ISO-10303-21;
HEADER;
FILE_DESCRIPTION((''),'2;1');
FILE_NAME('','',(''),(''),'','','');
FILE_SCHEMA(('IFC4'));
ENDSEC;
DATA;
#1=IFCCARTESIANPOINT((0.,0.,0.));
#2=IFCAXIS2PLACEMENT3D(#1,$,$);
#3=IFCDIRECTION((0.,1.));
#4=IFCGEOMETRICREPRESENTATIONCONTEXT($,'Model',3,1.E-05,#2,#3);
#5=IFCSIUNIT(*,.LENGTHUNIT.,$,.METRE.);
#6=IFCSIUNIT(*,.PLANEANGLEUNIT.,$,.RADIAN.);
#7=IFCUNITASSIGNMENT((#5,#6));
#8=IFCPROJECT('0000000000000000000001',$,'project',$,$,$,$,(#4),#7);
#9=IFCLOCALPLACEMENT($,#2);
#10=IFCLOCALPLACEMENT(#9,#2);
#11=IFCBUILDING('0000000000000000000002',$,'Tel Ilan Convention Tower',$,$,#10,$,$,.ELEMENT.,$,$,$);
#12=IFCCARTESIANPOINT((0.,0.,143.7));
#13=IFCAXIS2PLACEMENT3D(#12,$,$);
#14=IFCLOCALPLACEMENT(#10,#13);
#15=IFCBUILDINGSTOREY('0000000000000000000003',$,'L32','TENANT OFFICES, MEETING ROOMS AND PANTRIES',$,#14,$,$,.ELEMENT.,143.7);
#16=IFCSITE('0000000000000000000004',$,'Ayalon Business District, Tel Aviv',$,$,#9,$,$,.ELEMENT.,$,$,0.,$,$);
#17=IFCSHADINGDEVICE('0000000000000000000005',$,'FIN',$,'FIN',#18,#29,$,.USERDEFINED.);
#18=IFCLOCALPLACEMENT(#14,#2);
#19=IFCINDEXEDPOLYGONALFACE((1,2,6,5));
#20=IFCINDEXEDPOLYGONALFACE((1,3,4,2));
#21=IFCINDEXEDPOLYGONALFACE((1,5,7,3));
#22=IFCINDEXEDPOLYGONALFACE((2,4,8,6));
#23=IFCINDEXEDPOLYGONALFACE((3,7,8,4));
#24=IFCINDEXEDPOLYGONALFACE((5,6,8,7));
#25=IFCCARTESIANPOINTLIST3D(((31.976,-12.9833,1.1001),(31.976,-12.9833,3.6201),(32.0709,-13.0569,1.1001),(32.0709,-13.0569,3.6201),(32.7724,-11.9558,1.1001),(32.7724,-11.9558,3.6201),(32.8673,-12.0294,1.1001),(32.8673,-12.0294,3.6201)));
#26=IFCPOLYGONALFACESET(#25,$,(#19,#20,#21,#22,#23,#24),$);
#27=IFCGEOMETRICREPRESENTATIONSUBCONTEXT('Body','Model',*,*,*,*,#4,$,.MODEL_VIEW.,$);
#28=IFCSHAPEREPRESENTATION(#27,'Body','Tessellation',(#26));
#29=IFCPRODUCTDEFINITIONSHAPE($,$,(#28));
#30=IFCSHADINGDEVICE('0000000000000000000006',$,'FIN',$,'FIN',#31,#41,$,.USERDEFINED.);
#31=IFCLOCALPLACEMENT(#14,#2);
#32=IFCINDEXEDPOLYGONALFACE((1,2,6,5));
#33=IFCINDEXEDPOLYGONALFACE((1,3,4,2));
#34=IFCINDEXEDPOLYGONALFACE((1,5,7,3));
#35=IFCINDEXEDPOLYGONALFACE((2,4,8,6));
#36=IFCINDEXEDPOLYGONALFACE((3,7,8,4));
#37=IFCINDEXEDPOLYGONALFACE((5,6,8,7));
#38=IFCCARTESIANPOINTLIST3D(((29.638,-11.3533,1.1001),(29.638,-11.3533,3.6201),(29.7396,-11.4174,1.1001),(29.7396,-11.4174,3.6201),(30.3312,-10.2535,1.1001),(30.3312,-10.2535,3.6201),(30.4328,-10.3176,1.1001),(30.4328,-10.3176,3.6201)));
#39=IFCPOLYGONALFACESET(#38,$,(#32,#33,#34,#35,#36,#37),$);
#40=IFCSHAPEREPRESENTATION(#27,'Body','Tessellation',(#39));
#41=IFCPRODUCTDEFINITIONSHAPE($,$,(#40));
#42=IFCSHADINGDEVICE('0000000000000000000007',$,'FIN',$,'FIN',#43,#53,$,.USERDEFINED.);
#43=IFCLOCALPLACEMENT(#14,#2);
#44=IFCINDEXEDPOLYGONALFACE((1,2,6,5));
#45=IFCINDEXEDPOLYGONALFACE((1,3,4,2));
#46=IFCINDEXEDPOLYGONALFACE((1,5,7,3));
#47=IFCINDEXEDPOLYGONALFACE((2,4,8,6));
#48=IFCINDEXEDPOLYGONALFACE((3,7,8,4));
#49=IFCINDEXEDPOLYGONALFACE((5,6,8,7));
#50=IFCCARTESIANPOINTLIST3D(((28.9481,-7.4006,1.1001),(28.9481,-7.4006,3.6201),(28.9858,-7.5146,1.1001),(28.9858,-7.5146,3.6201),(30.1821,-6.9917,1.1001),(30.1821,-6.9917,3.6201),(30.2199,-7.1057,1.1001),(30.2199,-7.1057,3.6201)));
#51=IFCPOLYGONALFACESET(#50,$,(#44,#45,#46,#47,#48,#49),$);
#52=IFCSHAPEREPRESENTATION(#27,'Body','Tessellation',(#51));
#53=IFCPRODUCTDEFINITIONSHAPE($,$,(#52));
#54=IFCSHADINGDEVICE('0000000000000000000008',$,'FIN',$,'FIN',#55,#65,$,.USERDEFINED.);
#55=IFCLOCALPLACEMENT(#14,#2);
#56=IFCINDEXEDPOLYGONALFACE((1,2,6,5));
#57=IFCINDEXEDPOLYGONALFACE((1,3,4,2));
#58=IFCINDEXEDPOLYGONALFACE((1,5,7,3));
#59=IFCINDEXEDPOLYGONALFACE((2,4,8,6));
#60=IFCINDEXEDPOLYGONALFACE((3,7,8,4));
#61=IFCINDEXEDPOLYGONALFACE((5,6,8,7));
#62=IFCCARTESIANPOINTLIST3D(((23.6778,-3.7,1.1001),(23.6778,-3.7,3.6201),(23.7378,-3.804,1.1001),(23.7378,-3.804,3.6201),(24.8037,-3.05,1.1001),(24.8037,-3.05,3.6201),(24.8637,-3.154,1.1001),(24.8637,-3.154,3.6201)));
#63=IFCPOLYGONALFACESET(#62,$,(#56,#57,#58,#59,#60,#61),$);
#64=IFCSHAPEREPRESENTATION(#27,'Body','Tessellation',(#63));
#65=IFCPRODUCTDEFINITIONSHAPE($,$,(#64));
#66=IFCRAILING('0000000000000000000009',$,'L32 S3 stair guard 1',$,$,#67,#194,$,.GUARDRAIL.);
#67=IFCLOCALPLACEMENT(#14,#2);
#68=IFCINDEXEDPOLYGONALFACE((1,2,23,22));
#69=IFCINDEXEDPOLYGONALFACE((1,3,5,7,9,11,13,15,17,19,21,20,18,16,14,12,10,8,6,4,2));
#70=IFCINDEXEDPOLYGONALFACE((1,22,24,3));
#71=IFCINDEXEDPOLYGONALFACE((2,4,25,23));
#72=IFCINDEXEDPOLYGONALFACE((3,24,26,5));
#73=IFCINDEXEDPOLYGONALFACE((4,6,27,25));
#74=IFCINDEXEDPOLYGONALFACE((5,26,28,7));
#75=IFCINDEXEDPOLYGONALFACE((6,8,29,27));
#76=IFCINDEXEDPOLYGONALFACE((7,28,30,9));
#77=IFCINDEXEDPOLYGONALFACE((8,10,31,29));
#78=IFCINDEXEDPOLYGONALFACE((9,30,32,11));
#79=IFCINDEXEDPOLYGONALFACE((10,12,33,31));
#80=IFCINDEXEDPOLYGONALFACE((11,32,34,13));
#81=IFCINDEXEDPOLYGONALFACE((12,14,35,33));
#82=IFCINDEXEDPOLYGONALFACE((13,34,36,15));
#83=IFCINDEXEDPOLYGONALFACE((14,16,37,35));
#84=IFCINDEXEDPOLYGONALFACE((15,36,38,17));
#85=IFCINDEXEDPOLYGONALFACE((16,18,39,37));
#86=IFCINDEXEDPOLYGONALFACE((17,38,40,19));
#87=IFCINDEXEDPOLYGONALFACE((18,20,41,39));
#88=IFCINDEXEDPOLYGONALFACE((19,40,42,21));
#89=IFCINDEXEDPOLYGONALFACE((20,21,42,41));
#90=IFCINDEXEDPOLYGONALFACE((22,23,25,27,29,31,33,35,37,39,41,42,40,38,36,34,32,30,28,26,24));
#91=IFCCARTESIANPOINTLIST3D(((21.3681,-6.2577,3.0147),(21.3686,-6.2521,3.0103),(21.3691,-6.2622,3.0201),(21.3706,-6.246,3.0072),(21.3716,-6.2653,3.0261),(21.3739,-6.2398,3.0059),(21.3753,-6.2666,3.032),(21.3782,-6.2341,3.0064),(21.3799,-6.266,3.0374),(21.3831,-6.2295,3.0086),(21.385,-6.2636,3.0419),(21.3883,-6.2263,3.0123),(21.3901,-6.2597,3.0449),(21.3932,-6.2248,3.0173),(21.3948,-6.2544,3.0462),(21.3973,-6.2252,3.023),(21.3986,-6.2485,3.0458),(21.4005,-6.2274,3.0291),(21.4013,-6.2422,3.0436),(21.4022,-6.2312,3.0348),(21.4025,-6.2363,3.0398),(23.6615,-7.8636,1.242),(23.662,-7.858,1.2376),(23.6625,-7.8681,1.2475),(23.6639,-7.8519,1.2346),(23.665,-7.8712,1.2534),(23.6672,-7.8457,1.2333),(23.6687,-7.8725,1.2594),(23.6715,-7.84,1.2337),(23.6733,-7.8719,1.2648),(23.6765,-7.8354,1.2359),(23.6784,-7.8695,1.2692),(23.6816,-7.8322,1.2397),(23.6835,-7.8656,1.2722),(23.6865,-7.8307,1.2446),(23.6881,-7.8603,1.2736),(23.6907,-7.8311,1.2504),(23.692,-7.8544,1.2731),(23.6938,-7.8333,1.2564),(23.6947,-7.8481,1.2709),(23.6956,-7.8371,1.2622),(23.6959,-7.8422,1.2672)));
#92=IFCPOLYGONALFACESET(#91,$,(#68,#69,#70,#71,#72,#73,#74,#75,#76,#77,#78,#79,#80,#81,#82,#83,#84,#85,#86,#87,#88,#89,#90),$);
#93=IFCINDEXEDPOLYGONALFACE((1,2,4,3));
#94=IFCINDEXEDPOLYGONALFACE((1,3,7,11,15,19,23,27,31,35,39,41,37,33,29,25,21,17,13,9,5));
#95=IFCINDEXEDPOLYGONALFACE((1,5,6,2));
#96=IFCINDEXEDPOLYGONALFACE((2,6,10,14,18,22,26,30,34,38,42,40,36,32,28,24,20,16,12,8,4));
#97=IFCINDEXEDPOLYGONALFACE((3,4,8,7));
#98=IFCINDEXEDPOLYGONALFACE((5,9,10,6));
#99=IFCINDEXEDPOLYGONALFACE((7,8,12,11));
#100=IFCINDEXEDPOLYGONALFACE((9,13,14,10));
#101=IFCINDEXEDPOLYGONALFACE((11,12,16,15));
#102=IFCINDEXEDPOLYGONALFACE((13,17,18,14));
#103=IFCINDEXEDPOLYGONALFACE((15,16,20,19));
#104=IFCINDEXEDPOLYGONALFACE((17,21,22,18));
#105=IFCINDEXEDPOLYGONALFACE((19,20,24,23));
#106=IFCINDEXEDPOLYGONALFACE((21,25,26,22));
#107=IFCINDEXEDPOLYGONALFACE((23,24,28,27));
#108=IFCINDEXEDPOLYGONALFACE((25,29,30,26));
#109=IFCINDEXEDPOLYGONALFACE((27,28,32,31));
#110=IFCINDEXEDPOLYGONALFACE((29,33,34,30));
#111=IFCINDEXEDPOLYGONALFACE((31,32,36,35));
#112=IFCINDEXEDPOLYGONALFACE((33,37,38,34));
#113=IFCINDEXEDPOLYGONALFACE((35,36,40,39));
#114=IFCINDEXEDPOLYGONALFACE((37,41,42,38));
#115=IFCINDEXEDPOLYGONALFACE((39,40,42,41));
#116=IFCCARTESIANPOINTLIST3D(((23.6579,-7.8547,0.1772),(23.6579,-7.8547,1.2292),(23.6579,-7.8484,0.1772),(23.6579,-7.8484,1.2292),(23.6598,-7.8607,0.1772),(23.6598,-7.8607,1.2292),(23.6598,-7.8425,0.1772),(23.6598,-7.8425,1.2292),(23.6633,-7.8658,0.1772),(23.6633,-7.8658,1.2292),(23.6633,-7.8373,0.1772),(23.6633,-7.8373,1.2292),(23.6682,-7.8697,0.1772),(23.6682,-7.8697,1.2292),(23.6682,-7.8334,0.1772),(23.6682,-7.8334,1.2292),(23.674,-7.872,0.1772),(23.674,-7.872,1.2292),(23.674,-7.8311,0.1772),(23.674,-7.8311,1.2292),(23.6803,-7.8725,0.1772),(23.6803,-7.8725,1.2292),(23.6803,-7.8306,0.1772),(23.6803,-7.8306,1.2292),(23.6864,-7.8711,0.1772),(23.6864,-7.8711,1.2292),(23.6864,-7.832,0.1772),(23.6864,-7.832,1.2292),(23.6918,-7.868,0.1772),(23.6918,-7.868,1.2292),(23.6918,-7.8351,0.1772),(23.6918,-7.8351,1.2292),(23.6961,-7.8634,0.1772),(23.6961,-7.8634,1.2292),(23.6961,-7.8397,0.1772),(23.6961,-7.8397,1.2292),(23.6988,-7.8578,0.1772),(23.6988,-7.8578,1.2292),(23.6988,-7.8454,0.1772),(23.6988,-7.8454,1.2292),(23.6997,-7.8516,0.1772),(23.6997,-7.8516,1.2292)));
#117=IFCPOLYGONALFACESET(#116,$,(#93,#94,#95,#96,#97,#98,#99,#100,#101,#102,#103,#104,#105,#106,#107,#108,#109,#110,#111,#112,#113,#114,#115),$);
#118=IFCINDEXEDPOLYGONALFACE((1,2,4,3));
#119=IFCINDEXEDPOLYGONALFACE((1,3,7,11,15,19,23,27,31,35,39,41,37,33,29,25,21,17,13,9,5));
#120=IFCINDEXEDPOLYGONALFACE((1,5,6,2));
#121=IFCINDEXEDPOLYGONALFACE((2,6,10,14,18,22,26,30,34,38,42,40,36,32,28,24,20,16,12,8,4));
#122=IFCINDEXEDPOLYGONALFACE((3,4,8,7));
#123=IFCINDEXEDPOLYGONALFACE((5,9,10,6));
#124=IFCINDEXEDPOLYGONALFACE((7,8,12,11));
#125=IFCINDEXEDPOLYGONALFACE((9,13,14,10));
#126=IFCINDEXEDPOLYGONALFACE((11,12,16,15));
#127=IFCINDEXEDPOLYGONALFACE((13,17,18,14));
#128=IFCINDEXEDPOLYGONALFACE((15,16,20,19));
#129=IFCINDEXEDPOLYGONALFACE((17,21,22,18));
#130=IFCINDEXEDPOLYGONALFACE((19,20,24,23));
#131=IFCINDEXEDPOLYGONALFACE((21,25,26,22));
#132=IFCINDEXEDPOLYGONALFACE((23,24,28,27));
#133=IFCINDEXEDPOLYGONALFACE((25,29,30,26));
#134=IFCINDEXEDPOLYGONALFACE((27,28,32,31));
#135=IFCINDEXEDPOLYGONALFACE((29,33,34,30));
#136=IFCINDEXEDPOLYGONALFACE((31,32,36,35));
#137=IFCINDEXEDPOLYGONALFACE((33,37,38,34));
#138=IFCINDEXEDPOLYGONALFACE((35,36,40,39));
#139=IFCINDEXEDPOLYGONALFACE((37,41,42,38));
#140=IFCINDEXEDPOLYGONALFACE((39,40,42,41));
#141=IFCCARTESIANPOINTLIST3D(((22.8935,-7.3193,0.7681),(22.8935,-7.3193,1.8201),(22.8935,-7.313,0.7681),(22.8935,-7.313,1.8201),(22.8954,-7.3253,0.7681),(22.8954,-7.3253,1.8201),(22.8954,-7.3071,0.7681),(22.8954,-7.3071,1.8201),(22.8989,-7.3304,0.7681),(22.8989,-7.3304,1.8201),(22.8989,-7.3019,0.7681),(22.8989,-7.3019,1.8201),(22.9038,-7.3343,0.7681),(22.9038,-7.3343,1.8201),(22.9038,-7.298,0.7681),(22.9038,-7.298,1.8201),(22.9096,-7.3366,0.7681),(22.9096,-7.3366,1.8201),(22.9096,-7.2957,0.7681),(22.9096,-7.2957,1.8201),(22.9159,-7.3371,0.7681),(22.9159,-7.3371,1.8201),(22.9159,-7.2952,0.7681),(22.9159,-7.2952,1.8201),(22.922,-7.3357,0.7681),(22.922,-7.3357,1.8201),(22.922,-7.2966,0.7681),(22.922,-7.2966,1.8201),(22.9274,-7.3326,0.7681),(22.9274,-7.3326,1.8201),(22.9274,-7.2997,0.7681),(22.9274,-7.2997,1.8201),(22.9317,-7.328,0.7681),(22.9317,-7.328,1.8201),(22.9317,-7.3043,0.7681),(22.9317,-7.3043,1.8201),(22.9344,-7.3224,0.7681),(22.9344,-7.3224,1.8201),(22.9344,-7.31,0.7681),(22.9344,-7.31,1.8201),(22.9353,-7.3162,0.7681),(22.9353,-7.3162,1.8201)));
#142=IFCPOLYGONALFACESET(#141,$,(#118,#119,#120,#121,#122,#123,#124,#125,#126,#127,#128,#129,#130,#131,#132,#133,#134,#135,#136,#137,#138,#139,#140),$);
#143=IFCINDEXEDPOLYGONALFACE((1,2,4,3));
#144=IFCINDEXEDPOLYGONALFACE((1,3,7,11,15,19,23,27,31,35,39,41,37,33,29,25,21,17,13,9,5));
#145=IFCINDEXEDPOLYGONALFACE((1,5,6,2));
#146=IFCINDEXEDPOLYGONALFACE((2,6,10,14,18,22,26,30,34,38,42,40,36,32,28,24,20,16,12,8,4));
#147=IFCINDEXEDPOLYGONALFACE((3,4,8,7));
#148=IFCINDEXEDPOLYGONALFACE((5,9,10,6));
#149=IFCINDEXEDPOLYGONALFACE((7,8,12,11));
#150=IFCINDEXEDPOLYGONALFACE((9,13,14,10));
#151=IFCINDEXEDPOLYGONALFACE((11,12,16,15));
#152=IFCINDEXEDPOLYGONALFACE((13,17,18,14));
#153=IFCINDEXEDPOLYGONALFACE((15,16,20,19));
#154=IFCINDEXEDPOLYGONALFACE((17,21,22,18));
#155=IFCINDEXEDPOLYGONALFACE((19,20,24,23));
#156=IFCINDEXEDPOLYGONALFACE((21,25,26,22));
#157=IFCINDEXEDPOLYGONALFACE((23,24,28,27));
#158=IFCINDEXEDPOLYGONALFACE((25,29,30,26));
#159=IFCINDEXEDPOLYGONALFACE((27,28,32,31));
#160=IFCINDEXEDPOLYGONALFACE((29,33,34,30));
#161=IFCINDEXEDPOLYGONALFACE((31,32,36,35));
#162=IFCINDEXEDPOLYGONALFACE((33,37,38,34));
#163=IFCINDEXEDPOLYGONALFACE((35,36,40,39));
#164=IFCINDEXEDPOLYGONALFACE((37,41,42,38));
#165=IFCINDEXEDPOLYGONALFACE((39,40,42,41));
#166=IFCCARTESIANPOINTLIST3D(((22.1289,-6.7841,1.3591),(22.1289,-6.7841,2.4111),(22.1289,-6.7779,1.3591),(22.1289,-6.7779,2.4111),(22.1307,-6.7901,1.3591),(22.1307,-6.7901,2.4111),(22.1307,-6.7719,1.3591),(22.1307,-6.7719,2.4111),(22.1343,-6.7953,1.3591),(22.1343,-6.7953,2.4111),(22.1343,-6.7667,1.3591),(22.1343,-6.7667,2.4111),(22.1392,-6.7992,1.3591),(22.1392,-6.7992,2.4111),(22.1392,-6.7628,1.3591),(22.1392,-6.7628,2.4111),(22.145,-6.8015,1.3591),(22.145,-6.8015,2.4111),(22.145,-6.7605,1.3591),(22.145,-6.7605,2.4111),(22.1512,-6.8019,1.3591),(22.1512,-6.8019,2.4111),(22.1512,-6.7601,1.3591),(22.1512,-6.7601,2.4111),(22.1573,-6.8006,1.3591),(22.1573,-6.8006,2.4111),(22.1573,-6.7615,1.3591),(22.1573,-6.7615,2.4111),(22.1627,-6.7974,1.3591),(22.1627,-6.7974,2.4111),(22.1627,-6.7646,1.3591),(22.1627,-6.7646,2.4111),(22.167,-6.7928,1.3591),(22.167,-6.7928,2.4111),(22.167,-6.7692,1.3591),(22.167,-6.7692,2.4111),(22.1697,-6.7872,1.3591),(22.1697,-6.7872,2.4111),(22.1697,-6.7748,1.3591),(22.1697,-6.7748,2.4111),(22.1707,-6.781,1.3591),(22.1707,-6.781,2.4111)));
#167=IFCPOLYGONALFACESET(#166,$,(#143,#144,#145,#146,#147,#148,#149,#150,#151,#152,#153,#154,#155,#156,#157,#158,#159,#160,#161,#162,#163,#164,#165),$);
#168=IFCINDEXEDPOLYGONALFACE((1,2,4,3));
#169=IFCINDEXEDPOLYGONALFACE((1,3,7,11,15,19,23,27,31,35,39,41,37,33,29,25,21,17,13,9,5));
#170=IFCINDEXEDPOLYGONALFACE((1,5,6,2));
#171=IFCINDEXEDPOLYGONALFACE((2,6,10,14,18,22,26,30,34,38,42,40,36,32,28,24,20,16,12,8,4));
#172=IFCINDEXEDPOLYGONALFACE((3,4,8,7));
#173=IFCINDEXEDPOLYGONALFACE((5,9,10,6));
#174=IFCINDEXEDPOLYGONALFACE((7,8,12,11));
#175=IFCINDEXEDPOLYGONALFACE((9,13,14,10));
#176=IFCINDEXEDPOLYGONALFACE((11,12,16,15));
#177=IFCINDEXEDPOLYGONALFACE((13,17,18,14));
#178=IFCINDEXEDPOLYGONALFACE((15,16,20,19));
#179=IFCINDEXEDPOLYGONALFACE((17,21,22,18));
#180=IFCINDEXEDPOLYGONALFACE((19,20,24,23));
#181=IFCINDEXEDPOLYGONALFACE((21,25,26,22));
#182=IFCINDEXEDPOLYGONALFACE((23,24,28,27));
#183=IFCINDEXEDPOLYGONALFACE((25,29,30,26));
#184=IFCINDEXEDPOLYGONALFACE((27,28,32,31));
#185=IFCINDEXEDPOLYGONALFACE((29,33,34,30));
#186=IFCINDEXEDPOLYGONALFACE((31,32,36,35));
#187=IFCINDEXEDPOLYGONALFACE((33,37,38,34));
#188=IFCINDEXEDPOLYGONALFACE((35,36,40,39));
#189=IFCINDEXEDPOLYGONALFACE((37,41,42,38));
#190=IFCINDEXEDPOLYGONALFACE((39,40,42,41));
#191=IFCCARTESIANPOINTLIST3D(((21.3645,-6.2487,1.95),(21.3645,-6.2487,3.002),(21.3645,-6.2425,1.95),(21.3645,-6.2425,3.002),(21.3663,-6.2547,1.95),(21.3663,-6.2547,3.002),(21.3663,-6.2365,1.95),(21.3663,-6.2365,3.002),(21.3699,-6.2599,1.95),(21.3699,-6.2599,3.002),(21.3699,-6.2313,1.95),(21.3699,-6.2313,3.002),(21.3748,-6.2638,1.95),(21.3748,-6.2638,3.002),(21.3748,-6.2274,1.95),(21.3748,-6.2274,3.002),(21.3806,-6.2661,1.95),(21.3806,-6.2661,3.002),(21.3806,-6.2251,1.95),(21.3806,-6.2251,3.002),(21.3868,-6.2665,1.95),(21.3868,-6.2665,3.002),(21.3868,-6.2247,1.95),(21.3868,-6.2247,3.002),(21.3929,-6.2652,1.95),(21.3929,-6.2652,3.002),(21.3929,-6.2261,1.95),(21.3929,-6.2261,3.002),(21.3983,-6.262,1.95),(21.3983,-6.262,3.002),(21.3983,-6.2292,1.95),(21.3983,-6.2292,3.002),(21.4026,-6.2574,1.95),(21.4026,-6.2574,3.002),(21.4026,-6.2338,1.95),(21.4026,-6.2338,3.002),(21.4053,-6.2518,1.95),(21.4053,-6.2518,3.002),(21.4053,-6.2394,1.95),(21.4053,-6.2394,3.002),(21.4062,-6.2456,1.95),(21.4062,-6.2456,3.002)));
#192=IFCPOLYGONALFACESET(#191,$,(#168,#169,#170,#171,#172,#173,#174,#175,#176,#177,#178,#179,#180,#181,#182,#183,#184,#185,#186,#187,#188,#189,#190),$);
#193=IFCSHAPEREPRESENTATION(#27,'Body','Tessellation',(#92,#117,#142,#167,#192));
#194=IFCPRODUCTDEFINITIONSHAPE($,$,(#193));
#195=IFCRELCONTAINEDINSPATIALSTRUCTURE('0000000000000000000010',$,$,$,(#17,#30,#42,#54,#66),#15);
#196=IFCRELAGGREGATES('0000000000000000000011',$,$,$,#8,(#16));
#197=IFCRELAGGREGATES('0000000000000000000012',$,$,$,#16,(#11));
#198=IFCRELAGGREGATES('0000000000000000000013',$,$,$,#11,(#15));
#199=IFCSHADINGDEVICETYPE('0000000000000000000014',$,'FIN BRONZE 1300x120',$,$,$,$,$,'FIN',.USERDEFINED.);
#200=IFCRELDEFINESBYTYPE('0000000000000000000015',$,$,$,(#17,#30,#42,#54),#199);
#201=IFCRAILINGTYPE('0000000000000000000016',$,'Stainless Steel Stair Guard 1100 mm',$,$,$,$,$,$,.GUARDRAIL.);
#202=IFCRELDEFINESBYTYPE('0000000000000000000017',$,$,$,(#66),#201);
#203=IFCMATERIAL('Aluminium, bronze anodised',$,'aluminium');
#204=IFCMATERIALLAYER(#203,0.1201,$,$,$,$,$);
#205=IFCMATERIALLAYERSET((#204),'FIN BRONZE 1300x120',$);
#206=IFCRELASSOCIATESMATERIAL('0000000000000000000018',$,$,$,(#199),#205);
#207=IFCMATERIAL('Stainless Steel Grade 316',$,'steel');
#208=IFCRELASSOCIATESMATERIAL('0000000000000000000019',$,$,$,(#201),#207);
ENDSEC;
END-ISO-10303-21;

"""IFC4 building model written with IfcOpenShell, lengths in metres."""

from ifc_helpers import new_model, si_unit, direction, frame, origin, origin_2d, place, context, subcontext, project, spatial, rectangle, circle, extrude, material, layer, layer_set, type_object, element, save


model = new_model("IFC4")

# Units and contexts
model_context = context("Model", 3, precision=1e-05, world=origin(), true_north=direction((0.0, 1.0)))
body_context = subcontext(model_context, "Body", "Model", "MODEL_VIEW")
ifc_project = project(units=[si_unit("LENGTHUNIT", "METRE"), si_unit("PLANEANGLEUNIT", "RADIAN")], contexts=[model_context])

# Site, building, storey
site_placement = place(None, origin())
site = spatial("IfcSite", under=ifc_project, at=site_placement, Name="Ayalon Business District, Tel Aviv", CompositionType="ELEMENT", RefElevation=0.0)
building_placement = place(site_placement, origin())
building = spatial("IfcBuilding", under=site, at=building_placement, Name="Tel Ilan Convention Tower", CompositionType="ELEMENT")
storey_placement = place(building_placement, frame((0.0, 0.0, 143.7)))
storey = spatial("IfcBuildingStorey", under=building, at=storey_placement, Name="L32", Description="TENANT OFFICES, MEETING ROOMS AND PANTRIES", CompositionType="ELEMENT", Elevation=143.7)

# Shading devices
ifc_material_1 = material(Name="Aluminium, bronze anodised", Category="aluminium")
ifc_layer_1 = layer(ifc_material_1, 0.1201)
ifc_layer_set_1 = layer_set([ifc_layer_1], Name="FIN BRONZE 1300x120")
shading_device_type = type_object("IfcShadingDeviceType", Name="FIN BRONZE 1300x120", ElementType="FIN", PredefinedType="USERDEFINED", material=ifc_layer_set_1)
for number, where, z_axis, x_axis, name in (
    (1, (32.4216, -12.5063, 1.1001), (0.0, 0.0, 1.0), (0.612601, 0.790393, 0.0), "FIN"),
    (2, (30.0354, -10.8354, 1.1001), (0.0, 0.0, 1.0), (0.533204, 0.845986, 0.0), "FIN"),
    (3, (29.584, -7.2532, 1.1001), (0.0, 0.0, 1.0), (0.949243, 0.314545, 0.0), "FIN"),
    (4, (24.2708, -3.427, 1.1001), (0.0, 0.0, 1.0), (0.866025, 0.5, 0.0), "FIN"),
):
    element("IfcShadingDevice", number, at=place(storey_placement, frame(where, z_axis=z_axis, x_axis=x_axis)), inside=storey, type_object=shading_device_type, Name=name, ObjectType="FIN", PredefinedType="USERDEFINED", context=body_context, shape_type="SweptSolid", body=[
        extrude(rectangle(XDim=1.3, YDim=0.1201, at=origin_2d()), origin(), (0.0, 0.0, 1.0), 2.52),
    ])

# Railing
ifc_material_2 = material(Name="Stainless Steel Grade 316", Category="steel")
railing_type_1 = type_object("IfcRailingType", Name="Stainless Steel Stair Guard 1100 mm", PredefinedType="GUARDRAIL", material=ifc_material_2)
railing_1_placement = place(storey_placement, frame((23.6787, -7.8516, 0.1772)))
element("IfcRailing", 5, at=railing_1_placement, inside=storey, type_object=railing_type_1, Name="L32 S3 stair guard 1", PredefinedType="GUARDRAIL", context=body_context, shape_type="SweptSolid", body=[
    extrude(circle(Radius=0.0239, at=origin_2d()), frame((0.0, 0.0, 1.0762), z_axis=(-0.692085, 0.484621, 0.53494), x_axis=(-0.573591, -0.819142, 0.0)), (0.0, 0.0, 1.0), 3.3137),
    extrude(circle(Radius=0.021, at=origin_2d()), origin(), (0.0, 0.0, 1.0), 1.052),
    extrude(circle(Radius=0.021, at=origin_2d()), frame((-0.7644, 0.5354, 0.5908)), (0.0, 0.0, 1.0), 1.052),
    extrude(circle(Radius=0.021, at=origin_2d()), frame((-1.5291, 1.0706, 1.1819)), (0.0, 0.0, 1.0), 1.052),
    extrude(circle(Radius=0.021, at=origin_2d()), frame((-2.2935, 1.606, 1.7727)), (0.0, 0.0, 1.0), 1.052),
])

save(model, "model.ifc")
